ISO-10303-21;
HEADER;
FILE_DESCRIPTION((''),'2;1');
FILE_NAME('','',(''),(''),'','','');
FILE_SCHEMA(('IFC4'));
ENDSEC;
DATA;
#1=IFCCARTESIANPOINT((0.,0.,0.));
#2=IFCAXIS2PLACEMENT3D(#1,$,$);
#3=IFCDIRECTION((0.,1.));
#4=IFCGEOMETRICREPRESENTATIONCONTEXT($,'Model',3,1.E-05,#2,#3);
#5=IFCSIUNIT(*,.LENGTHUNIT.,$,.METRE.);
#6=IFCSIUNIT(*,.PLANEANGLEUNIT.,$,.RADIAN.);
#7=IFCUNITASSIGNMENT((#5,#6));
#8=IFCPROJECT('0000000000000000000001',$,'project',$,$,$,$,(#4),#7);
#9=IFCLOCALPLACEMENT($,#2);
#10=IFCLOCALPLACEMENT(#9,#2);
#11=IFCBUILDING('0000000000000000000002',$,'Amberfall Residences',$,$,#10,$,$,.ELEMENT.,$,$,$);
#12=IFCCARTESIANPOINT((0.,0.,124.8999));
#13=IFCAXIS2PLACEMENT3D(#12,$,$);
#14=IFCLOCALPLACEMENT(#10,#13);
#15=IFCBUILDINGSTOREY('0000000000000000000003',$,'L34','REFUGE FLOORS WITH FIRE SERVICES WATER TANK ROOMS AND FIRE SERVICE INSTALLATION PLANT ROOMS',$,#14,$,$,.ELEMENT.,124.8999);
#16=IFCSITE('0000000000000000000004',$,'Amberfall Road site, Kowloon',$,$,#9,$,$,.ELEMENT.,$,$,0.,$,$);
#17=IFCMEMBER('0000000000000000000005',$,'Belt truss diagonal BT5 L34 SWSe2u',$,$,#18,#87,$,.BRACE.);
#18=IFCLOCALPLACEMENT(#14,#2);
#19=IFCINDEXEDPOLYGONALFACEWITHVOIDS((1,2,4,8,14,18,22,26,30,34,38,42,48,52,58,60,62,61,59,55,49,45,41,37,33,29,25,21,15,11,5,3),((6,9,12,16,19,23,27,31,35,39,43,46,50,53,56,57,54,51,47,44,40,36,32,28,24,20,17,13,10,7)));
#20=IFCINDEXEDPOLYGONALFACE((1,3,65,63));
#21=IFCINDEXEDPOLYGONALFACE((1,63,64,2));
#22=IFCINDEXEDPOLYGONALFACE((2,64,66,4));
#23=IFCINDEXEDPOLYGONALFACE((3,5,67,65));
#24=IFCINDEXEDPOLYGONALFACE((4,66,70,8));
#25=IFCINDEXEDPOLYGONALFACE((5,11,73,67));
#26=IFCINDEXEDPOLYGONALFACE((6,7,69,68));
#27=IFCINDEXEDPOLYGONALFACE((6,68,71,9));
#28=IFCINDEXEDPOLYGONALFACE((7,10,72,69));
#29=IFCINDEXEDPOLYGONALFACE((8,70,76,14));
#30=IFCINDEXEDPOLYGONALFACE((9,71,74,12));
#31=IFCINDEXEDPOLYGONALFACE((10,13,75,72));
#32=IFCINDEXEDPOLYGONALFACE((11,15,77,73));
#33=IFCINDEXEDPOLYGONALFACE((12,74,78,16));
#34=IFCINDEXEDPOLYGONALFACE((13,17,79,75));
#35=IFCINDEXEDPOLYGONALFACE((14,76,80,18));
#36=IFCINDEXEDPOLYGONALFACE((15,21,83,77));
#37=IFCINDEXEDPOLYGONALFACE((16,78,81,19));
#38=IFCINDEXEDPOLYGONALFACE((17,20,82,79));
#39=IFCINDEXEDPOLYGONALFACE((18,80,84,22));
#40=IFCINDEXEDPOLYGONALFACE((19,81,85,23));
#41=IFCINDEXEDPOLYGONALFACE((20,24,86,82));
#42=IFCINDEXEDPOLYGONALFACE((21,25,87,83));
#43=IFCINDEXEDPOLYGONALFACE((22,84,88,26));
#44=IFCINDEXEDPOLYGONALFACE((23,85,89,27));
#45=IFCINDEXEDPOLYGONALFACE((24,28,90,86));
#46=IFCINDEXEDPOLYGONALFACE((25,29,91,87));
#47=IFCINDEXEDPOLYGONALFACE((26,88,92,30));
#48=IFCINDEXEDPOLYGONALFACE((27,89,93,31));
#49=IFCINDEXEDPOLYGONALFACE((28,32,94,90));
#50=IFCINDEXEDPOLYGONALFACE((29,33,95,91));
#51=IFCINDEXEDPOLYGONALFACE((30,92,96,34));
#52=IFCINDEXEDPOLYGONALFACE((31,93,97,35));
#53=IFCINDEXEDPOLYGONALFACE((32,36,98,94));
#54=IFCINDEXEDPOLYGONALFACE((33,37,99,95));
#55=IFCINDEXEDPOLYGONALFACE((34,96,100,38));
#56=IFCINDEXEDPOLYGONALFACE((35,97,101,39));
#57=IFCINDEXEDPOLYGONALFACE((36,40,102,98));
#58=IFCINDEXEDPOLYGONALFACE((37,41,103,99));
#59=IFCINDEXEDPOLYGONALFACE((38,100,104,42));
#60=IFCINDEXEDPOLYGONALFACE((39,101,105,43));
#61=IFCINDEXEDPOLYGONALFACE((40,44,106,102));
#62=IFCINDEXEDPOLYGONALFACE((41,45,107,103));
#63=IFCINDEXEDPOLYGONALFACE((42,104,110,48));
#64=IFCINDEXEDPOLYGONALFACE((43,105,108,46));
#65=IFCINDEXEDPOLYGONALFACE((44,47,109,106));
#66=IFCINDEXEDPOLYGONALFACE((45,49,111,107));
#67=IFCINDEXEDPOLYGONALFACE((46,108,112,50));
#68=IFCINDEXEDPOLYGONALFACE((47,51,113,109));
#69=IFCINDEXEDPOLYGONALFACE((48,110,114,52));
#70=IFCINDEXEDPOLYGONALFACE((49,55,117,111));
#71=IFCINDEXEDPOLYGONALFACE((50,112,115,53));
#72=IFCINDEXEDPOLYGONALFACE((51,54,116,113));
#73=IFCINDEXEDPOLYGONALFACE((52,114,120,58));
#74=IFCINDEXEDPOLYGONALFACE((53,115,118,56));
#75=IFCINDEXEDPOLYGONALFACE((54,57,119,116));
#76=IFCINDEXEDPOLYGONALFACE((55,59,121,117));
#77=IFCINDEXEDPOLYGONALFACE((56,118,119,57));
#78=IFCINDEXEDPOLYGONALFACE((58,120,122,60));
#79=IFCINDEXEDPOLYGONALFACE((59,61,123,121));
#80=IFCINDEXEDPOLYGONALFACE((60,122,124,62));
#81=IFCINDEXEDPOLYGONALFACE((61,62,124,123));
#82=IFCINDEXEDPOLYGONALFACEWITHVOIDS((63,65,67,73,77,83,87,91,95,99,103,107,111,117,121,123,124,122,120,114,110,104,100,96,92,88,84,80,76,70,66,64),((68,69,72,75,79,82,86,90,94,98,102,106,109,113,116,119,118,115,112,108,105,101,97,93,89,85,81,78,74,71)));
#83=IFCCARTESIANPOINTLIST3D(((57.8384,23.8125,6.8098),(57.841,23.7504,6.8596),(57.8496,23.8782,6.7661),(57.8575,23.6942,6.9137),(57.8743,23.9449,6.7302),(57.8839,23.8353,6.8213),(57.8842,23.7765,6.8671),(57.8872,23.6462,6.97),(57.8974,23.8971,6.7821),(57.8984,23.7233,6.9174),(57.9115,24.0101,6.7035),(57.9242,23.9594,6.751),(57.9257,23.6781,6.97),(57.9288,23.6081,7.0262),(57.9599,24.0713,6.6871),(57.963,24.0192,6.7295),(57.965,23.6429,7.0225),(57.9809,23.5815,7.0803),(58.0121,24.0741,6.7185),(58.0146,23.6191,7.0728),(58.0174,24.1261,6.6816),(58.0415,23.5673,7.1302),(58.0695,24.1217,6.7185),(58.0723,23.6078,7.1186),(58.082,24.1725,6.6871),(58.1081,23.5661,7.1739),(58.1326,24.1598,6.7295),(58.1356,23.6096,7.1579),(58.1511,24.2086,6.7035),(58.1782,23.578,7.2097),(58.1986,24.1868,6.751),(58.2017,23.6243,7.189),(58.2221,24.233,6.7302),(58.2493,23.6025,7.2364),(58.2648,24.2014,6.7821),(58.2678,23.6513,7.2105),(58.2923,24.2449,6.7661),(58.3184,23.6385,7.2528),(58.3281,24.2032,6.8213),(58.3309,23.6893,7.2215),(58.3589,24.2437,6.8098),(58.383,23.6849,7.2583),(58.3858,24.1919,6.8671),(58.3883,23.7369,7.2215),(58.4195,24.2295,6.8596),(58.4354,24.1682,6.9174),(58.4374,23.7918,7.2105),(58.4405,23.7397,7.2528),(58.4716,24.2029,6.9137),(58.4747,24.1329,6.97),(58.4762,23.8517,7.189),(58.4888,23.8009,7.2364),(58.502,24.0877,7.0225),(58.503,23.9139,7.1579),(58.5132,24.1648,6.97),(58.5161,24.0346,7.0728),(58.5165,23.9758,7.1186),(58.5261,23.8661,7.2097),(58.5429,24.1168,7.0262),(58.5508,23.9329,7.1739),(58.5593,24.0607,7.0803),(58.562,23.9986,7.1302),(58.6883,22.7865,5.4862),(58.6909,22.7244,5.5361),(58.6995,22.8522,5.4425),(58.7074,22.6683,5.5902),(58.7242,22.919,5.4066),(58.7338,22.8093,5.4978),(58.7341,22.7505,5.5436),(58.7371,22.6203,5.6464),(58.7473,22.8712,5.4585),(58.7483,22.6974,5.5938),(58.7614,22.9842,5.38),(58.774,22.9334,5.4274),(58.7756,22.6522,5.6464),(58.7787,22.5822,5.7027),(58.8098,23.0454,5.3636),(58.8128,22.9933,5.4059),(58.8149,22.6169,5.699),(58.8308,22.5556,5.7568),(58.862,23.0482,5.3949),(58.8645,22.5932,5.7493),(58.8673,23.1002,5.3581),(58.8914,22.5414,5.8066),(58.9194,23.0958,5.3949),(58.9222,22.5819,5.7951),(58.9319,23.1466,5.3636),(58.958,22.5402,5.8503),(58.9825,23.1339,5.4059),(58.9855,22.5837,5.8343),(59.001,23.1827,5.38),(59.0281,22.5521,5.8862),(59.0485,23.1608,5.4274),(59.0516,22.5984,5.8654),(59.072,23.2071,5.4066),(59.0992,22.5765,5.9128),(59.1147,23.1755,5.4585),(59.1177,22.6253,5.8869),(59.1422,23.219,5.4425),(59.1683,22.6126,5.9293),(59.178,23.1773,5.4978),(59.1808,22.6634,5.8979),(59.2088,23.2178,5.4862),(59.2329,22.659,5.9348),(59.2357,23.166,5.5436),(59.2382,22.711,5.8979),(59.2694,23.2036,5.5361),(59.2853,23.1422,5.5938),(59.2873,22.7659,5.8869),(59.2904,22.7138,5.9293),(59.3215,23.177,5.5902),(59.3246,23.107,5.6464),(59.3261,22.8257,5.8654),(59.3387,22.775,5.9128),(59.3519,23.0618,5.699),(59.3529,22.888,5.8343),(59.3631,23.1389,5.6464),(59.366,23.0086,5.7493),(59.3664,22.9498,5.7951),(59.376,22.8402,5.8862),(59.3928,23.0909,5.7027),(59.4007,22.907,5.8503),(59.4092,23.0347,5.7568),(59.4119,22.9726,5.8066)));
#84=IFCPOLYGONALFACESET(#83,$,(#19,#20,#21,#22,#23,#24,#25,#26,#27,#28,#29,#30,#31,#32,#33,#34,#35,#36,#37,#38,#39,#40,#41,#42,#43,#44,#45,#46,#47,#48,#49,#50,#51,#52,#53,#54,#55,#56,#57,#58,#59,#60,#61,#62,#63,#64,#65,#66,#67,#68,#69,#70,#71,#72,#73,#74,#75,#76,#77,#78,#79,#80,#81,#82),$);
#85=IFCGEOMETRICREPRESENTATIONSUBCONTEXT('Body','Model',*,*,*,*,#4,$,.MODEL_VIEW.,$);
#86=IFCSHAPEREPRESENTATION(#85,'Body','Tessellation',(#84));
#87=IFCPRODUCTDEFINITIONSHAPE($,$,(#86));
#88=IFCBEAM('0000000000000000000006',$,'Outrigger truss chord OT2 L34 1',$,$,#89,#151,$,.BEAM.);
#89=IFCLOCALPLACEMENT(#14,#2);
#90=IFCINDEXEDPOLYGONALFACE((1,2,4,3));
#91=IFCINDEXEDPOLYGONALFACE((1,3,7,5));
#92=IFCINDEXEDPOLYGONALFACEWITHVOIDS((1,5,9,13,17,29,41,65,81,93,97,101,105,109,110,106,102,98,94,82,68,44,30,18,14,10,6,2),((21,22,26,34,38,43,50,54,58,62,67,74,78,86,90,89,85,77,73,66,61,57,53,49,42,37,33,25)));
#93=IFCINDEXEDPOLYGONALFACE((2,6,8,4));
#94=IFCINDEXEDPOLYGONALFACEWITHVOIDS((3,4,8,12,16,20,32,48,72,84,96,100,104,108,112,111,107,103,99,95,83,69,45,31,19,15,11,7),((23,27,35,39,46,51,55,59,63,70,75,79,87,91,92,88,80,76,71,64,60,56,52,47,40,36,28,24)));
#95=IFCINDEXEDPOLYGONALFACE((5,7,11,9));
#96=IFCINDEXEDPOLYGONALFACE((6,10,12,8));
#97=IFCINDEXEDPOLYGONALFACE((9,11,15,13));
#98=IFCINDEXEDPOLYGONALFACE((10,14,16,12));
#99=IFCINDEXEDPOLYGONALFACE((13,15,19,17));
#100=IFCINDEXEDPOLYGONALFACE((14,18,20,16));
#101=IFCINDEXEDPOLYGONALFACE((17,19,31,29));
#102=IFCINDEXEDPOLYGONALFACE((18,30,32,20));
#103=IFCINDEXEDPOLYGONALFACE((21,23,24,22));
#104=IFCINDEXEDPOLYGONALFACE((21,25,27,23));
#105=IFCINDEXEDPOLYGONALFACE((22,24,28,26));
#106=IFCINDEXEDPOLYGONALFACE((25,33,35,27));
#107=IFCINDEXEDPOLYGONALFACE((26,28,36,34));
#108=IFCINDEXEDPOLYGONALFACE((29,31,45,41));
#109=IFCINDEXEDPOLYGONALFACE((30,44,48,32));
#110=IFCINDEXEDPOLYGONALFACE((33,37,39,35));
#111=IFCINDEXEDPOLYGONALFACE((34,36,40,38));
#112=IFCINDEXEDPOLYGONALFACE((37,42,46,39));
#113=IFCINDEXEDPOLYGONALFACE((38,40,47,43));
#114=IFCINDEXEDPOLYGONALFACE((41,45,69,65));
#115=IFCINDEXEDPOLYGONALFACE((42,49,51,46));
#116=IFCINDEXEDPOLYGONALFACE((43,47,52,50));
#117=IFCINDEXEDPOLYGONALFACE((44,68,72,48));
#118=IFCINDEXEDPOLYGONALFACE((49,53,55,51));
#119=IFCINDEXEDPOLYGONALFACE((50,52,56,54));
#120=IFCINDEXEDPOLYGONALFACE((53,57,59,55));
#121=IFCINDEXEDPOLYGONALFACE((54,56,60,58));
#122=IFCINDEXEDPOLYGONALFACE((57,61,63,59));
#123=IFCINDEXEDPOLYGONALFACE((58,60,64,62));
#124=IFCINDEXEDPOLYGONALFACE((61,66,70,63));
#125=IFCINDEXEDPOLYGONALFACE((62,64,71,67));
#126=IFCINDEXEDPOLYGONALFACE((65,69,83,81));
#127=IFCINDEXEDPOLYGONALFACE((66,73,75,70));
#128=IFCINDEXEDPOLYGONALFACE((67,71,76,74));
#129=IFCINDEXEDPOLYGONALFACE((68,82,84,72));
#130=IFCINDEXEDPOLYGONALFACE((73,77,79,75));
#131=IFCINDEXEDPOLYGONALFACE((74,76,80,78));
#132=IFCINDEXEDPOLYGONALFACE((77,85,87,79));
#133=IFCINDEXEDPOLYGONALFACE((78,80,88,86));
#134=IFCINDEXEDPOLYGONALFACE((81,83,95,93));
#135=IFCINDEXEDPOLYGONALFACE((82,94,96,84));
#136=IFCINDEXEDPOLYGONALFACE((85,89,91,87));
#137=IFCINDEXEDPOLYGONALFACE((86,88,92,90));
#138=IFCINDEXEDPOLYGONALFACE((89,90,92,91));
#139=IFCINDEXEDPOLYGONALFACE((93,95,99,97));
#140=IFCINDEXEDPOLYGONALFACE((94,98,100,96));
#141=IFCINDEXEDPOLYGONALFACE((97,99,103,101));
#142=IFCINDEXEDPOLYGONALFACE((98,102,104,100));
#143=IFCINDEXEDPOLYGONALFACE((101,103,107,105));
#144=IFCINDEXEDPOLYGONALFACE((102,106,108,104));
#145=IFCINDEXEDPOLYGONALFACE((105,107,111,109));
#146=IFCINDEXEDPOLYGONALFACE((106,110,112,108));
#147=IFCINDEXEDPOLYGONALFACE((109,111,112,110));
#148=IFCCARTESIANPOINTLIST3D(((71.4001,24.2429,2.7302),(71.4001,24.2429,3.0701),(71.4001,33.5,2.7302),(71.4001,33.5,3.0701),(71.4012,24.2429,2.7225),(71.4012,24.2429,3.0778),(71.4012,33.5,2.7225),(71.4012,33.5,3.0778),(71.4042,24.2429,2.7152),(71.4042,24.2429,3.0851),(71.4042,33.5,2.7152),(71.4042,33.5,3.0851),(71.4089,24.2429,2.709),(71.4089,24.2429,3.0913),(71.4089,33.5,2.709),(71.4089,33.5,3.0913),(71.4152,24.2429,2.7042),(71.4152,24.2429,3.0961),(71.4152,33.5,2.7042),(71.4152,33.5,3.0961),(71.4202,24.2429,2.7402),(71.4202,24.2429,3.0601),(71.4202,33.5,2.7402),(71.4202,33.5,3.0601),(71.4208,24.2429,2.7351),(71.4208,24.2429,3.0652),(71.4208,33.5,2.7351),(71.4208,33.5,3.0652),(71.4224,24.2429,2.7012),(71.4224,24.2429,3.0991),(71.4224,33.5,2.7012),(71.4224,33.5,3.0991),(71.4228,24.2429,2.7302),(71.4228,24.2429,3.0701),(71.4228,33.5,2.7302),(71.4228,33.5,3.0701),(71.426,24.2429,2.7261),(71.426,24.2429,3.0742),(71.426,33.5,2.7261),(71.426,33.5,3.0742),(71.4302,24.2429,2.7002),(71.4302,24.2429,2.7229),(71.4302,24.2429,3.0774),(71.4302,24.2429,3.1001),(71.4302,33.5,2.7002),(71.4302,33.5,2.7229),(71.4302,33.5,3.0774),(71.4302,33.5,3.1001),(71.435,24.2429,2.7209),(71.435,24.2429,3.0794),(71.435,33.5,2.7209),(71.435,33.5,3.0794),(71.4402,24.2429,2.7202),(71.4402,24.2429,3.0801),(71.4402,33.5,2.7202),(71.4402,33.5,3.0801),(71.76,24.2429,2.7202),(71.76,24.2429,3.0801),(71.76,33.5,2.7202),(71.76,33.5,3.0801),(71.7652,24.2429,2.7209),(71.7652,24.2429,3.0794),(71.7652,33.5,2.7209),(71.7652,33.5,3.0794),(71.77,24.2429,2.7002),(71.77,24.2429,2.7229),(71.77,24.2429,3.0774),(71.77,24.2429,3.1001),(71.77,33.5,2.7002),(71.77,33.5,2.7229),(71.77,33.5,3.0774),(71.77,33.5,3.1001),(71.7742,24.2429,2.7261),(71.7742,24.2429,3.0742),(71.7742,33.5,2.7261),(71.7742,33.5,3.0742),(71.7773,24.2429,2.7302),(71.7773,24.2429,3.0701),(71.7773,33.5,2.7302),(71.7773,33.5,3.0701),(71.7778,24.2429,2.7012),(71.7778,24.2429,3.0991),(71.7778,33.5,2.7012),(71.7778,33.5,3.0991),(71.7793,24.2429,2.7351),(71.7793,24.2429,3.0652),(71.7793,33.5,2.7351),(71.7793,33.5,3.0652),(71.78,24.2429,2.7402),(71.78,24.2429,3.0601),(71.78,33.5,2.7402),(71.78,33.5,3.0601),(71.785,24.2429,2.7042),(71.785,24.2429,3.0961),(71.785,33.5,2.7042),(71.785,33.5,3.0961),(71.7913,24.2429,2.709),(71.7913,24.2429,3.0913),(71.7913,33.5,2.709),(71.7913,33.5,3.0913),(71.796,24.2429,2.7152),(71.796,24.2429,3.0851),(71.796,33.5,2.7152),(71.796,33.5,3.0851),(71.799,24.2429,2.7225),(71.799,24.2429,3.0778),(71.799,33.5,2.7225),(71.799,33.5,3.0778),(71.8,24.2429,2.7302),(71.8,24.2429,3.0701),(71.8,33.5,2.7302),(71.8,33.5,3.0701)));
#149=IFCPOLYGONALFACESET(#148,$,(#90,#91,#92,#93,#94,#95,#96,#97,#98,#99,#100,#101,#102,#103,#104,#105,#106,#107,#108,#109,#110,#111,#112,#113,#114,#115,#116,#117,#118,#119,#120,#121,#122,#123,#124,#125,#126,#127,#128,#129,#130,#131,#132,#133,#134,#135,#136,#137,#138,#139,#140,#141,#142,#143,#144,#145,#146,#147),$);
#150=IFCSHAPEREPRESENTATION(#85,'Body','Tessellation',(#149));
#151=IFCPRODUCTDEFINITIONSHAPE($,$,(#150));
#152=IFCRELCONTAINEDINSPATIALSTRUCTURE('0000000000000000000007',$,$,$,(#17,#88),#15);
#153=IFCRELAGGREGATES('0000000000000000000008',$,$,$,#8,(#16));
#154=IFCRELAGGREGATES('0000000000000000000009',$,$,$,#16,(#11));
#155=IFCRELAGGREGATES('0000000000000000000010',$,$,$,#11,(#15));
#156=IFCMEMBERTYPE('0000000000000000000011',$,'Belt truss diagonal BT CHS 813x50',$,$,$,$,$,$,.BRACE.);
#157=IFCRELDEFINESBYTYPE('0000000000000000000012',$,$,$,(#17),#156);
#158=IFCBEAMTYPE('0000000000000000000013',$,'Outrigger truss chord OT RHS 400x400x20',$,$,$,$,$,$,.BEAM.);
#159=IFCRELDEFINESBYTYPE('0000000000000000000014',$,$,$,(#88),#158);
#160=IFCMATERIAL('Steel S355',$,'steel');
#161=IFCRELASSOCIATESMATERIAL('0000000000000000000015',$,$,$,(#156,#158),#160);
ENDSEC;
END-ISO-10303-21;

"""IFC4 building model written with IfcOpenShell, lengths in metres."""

from ifc_helpers import new_model, si_unit, direction, frame, origin, origin_2d, place, context, subcontext, project, spatial, hollow_rectangle, hollow_circle, extrude, material, material_profile, profile_set, type_object, element, save


model = new_model("IFC4")

# Units and contexts
model_context = context("Model", 3, precision=1e-05, world=origin(), true_north=direction((0.0, 1.0)))
body_context = subcontext(model_context, "Body", "Model", "MODEL_VIEW")
ifc_project = project(units=[si_unit("LENGTHUNIT", "METRE"), si_unit("PLANEANGLEUNIT", "RADIAN")], contexts=[model_context])

# Site, building, storey
site_placement = place(None, origin())
site = spatial("IfcSite", under=ifc_project, at=site_placement, Name="Amberfall Road site, Kowloon", CompositionType="ELEMENT", RefElevation=0.0)
building_placement = place(site_placement, origin())
building = spatial("IfcBuilding", under=site, at=building_placement, Name="Amberfall Residences", CompositionType="ELEMENT")
storey_placement = place(building_placement, frame((0.0, 0.0, 124.8999)))
storey = spatial("IfcBuildingStorey", under=building, at=storey_placement, Name="L34", Description="REFUGE FLOORS WITH FIRE SERVICES WATER TANK ROOMS AND FIRE SERVICE INSTALLATION PLANT ROOMS", CompositionType="ELEMENT", Elevation=124.8999)

# Shared definitions
ifc_material_1 = material(Name="Steel S355", Category="steel")

# Member
ifc_material_profile_1 = material_profile(ifc_material_1, hollow_circle(Radius=0.4065, WallThickness=0.05, at=origin_2d()), Name="CHS 813x50")
ifc_profile_set_1 = profile_set([ifc_material_profile_1], Name="Steel S355")
member_type_1 = type_object("IfcMemberType", Name="Belt truss diagonal BT CHS 813x50", PredefinedType="BRACE", material=ifc_profile_set_1)
member_1_placement = place(storey_placement, frame((58.2002, 23.9055, 6.97), z_axis=(0.452569, -0.546307, -0.704791), x_axis=(0.770081, 0.637946, 0.0)))
element("IfcMember", 1, at=member_1_placement, inside=storey, type_object=member_type_1, Name="Belt truss diagonal BT5 L34 SWSe2u", PredefinedType="BRACE", context=body_context, shape_type="SweptSolid", body=[
    extrude(hollow_circle(Radius=0.4065, WallThickness=0.05, at=origin_2d()), origin(), (0.0, 0.0, 1.0), 1.8779),
])

# Beam
ifc_material_profile_2 = material_profile(ifc_material_1, hollow_rectangle(XDim=0.3999, YDim=0.3999, WallThickness=0.02, InnerFilletRadius=0.02, OuterFilletRadius=0.03, at=origin_2d()), Name="RHS 400x400x20")
ifc_profile_set_2 = profile_set([ifc_material_profile_2], Name="Steel S355")
beam_type_1 = type_object("IfcBeamType", Name="Outrigger truss chord OT RHS 400x400x20", PredefinedType="BEAM", material=ifc_profile_set_2)
beam_1_placement = place(storey_placement, frame((71.6001, 24.2429, 2.9001), z_axis=(0.0, 1.0, 0.0), x_axis=(-1.0, 0.0, 0.0)))
element("IfcBeam", 2, at=beam_1_placement, inside=storey, type_object=beam_type_1, Name="Outrigger truss chord OT2 L34 1", PredefinedType="BEAM", context=body_context, shape_type="SweptSolid", body=[
    extrude(hollow_rectangle(XDim=0.3999, YDim=0.3999, WallThickness=0.02, InnerFilletRadius=0.02, OuterFilletRadius=0.03, at=origin_2d()), origin(), (0.0, 0.0, 1.0), 9.2571),
])

save(model, "model.ifc")
